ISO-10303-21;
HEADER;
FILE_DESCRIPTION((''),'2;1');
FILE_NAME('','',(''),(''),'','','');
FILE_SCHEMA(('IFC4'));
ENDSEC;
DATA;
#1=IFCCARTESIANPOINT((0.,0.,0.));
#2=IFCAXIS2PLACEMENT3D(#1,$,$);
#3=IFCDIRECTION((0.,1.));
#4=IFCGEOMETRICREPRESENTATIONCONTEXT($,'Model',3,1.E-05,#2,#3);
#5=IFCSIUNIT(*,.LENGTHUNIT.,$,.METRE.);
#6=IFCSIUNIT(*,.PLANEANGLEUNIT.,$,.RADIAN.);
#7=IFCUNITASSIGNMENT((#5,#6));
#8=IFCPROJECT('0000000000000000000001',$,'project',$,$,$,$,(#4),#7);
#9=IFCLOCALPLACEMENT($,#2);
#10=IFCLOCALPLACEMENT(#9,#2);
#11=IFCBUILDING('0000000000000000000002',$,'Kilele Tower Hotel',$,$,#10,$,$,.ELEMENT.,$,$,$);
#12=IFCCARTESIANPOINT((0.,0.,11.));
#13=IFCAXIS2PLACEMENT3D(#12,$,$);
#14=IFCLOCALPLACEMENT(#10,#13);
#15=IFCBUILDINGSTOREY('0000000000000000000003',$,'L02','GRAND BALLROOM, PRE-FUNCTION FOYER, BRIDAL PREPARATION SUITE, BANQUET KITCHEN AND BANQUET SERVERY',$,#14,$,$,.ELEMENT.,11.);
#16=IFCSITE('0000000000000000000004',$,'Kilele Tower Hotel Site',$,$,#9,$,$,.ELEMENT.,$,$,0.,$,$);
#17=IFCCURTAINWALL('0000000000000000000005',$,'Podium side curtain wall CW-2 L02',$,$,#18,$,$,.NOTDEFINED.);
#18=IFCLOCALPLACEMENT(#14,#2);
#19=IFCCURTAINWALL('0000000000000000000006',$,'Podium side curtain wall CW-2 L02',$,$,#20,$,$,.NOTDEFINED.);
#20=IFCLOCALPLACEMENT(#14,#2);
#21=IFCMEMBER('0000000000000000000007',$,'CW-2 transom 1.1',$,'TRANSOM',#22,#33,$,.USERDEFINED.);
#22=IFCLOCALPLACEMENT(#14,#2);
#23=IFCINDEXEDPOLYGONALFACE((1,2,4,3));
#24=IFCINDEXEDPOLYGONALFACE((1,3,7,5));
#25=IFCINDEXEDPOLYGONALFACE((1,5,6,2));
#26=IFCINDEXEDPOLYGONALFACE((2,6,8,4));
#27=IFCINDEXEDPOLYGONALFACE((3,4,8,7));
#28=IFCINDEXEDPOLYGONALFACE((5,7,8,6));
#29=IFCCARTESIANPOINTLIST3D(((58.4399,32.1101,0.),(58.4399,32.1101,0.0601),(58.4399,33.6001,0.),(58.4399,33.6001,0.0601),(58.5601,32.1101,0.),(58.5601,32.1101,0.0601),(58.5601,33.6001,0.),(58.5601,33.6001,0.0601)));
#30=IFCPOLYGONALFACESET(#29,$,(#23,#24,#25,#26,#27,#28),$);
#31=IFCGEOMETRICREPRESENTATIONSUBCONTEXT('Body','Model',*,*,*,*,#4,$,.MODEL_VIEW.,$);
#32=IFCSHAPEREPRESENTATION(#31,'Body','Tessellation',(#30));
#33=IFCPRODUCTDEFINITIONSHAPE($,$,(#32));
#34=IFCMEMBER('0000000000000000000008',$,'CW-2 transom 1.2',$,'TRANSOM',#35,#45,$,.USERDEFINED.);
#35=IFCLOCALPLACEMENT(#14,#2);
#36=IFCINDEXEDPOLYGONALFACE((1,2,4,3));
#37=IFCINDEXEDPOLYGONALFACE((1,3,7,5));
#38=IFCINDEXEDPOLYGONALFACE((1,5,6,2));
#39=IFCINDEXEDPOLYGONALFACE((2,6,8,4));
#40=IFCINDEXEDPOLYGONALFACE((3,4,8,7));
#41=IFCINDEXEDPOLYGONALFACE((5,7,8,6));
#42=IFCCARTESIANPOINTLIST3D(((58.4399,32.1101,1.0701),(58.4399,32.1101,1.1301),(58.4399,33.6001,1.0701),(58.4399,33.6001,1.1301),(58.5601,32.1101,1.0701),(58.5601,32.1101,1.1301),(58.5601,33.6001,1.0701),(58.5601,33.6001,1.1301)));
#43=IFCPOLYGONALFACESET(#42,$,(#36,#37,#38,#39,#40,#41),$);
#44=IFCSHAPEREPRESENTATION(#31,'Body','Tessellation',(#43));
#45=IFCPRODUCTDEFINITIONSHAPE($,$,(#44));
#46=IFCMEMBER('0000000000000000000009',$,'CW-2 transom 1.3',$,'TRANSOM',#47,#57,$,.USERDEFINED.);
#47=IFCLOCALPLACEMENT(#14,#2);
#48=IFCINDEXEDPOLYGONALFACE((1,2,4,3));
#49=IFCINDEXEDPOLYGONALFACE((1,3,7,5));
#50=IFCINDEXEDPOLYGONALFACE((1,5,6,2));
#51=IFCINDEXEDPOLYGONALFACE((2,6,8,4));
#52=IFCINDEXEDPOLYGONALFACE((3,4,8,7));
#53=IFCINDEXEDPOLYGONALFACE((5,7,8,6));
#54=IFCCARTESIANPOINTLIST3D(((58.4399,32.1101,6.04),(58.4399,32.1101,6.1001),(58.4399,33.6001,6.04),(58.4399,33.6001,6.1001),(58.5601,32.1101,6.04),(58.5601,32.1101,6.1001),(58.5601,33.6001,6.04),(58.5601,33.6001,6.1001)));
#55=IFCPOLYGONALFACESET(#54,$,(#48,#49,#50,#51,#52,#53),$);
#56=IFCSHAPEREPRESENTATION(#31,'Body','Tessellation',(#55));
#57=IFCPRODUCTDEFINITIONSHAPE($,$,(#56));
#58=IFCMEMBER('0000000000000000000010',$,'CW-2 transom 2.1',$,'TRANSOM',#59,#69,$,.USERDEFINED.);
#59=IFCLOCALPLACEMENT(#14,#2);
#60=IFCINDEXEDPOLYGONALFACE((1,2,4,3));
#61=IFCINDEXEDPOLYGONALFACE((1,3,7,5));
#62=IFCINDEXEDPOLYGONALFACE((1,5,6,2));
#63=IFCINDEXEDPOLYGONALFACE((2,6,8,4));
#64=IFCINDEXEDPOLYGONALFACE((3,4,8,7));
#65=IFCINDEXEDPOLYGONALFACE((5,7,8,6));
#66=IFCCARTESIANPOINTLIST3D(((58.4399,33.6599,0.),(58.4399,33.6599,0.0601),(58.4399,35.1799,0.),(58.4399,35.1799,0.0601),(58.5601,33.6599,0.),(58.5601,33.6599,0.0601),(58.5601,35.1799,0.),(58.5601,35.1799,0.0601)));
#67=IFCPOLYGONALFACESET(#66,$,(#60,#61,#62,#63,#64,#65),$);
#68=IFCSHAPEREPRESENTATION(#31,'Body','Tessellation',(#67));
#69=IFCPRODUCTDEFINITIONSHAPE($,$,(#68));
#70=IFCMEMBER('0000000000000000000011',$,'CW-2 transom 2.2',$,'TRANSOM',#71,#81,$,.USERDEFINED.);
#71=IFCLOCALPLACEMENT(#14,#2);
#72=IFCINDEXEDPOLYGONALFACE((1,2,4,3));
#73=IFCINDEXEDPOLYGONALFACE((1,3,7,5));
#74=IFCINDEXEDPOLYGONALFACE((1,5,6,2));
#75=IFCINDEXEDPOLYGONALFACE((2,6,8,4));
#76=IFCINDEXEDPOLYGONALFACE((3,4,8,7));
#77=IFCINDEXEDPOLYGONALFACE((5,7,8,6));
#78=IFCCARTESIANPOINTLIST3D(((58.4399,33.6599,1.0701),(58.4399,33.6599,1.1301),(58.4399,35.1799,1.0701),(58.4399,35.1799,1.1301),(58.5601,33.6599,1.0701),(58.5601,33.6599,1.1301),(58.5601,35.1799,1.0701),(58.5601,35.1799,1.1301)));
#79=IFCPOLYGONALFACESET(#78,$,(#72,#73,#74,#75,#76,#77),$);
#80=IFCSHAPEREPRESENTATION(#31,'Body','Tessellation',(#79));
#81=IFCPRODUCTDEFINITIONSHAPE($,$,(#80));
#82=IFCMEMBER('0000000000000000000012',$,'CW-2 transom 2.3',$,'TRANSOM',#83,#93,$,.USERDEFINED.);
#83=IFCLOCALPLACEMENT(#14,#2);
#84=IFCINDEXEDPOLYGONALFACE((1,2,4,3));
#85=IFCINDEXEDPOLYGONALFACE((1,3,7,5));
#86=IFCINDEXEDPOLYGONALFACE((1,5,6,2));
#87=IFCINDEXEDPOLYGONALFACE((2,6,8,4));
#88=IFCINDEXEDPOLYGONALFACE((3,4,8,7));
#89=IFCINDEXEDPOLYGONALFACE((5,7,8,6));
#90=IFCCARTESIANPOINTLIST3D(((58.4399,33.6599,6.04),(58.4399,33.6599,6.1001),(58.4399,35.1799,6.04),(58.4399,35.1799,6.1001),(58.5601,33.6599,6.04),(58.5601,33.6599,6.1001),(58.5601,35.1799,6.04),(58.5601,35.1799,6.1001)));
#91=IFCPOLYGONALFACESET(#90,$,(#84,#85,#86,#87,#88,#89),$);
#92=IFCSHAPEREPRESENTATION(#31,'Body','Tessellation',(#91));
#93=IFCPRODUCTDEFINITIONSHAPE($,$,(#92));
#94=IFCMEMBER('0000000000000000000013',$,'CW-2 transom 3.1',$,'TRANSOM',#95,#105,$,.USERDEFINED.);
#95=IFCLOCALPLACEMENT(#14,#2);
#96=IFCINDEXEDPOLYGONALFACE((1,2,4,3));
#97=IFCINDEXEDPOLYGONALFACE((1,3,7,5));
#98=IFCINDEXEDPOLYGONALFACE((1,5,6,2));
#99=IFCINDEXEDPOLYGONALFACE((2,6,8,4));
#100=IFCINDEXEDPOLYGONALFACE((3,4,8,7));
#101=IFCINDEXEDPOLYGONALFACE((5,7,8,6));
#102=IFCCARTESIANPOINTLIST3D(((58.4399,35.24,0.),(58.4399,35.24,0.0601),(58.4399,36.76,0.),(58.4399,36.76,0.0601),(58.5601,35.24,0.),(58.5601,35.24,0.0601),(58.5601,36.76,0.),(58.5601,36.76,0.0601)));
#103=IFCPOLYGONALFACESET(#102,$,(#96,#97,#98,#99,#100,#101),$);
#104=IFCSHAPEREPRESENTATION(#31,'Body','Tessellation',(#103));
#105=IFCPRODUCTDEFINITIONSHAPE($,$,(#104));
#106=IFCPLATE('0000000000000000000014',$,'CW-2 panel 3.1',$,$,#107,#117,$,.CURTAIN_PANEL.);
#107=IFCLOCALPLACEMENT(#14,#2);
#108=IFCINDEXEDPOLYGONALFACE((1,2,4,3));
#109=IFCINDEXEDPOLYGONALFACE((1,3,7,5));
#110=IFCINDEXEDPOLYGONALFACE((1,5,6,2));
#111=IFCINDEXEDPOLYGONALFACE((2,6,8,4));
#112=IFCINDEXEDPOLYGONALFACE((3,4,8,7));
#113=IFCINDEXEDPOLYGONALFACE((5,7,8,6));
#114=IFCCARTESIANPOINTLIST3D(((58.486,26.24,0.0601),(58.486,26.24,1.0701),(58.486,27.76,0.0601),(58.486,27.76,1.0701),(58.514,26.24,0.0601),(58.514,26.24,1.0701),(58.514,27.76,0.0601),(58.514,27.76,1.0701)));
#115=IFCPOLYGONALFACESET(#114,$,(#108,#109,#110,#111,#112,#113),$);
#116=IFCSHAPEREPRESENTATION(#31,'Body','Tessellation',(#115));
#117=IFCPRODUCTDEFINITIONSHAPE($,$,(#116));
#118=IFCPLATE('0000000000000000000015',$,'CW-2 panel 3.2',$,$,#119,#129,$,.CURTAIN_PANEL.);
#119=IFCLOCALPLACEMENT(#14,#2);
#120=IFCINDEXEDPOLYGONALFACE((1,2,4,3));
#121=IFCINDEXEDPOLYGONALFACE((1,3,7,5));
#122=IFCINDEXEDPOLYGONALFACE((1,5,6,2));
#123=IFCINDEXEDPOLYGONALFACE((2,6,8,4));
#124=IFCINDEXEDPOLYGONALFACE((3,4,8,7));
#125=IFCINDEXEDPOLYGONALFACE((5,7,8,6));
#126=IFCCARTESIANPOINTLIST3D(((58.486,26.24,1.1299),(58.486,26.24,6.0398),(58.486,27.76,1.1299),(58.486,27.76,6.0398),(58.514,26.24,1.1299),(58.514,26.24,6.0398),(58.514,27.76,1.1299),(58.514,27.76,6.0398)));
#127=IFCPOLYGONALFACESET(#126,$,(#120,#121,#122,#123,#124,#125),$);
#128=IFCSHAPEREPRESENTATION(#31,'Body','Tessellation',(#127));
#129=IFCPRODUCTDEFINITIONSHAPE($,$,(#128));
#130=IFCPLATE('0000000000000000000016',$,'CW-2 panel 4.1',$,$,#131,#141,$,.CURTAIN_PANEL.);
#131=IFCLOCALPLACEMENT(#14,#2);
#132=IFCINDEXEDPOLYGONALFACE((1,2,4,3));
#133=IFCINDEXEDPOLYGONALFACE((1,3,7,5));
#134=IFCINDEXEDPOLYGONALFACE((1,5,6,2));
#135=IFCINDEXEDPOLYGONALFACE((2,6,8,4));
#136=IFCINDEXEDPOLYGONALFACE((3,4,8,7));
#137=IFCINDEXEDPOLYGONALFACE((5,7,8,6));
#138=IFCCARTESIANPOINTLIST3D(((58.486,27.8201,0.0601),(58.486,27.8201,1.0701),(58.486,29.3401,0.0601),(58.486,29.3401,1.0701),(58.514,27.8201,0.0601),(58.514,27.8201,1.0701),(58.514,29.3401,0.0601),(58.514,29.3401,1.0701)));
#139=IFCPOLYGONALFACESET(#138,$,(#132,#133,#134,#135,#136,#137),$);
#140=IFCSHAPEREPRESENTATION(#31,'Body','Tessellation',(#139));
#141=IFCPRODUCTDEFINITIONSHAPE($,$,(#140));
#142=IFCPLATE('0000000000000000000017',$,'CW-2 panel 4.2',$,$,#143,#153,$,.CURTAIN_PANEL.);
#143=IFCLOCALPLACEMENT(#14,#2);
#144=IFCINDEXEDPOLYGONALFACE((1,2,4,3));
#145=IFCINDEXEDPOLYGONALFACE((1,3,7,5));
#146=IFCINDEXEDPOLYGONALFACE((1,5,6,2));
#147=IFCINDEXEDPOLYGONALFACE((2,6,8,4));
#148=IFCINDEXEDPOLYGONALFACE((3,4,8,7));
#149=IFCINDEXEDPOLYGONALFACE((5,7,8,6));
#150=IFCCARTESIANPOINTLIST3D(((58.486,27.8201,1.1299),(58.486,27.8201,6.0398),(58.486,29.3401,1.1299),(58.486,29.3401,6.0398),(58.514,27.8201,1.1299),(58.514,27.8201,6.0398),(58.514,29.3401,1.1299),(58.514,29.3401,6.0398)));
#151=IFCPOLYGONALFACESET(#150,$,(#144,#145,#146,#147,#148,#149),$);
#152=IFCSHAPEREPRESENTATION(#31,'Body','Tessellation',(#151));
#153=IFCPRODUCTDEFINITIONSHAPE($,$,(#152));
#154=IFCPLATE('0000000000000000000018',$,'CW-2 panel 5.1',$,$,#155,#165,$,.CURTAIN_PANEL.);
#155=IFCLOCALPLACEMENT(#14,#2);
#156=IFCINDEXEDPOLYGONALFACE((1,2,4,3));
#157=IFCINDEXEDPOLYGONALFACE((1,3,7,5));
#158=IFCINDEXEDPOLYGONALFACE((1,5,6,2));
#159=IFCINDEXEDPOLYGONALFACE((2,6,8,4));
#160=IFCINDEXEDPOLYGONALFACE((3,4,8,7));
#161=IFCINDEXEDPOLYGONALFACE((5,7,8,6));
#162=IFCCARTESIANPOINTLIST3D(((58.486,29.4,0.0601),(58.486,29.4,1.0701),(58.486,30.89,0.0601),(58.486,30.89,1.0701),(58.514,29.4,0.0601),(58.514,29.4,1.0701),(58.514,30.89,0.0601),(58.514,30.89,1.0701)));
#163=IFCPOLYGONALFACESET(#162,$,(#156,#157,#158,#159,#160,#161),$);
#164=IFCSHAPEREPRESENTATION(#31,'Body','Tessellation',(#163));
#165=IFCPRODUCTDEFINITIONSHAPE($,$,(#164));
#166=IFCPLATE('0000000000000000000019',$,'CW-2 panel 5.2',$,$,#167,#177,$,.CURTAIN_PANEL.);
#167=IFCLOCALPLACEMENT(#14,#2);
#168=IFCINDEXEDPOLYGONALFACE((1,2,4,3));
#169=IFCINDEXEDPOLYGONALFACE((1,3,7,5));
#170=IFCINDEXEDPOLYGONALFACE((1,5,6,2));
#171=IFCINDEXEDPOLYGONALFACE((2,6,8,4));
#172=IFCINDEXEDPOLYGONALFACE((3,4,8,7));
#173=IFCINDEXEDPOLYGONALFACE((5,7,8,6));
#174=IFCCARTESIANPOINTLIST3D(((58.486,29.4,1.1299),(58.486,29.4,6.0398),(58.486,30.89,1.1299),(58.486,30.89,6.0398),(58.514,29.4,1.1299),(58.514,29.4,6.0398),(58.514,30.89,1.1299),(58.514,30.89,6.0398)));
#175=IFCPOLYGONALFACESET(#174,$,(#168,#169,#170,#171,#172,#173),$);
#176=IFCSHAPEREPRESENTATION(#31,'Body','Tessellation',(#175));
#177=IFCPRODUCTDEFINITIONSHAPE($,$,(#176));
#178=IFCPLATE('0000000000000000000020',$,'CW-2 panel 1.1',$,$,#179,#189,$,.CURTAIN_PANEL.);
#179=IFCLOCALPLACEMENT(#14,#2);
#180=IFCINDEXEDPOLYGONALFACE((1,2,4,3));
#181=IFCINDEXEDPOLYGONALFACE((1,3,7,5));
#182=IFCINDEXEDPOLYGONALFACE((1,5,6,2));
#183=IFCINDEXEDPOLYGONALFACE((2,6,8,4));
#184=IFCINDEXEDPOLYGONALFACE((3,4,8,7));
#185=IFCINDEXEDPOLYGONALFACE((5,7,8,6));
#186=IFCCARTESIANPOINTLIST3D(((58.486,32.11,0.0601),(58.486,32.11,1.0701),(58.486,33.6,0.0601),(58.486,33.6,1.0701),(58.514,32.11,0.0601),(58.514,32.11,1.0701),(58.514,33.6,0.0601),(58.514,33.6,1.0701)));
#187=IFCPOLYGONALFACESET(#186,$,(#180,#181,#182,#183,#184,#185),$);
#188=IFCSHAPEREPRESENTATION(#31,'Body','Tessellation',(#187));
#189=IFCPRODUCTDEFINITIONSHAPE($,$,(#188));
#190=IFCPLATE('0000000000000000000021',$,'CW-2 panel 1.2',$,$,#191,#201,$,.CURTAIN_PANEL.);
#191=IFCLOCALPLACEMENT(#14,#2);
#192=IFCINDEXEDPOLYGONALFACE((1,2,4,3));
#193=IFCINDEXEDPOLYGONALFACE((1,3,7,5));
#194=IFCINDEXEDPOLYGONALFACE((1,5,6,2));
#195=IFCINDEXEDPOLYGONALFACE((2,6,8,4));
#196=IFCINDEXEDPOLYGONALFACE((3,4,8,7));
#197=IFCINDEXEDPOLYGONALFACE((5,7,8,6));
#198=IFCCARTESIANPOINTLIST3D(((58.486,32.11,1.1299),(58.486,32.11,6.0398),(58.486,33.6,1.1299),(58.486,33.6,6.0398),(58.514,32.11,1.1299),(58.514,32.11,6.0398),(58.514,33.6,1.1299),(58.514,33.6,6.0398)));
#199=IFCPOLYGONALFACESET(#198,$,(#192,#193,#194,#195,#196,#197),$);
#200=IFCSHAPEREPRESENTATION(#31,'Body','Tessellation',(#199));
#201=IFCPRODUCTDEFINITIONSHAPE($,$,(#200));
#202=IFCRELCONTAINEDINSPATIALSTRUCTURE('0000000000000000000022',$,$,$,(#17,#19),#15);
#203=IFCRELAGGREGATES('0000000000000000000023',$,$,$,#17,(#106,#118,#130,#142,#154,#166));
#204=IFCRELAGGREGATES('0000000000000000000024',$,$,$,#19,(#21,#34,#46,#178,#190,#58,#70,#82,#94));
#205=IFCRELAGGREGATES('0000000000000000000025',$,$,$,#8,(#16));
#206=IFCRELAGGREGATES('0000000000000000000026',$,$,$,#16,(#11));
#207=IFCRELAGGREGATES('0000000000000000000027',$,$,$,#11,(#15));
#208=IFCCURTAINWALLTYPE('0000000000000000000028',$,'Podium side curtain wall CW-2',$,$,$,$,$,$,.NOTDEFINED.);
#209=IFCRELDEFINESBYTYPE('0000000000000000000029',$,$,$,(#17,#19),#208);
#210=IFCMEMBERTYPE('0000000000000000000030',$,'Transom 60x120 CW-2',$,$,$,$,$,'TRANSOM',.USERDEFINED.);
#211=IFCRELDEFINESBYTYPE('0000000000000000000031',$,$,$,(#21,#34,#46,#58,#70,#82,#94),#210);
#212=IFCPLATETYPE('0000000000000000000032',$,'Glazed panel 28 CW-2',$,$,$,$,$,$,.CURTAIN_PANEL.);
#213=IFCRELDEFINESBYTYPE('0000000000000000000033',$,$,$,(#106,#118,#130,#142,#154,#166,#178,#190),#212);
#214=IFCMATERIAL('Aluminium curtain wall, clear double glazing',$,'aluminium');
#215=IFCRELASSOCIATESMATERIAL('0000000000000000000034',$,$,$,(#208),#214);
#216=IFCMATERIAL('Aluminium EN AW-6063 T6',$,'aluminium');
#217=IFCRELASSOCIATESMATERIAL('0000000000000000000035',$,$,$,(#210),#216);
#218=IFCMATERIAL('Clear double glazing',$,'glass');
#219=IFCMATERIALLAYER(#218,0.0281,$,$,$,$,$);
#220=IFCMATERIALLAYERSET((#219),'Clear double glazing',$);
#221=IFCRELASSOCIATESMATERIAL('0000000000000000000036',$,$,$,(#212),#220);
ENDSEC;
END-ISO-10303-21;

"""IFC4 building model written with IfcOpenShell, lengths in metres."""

from ifc_helpers import new_model, si_unit, direction, frame, origin, origin_2d, place, context, subcontext, project, spatial, rectangle, extrude, material, layer, layer_set, material_profile, profile_set, type_object, element, aggregate, save


model = new_model("IFC4")

# Units and contexts
model_context = context("Model", 3, precision=1e-05, world=origin(), true_north=direction((0.0, 1.0)))
body_context = subcontext(model_context, "Body", "Model", "MODEL_VIEW")
ifc_project = project(units=[si_unit("LENGTHUNIT", "METRE"), si_unit("PLANEANGLEUNIT", "RADIAN")], contexts=[model_context])

# Site, building, storey
site_placement = place(None, origin())
site = spatial("IfcSite", under=ifc_project, at=site_placement, Name="Kilele Tower Hotel Site", CompositionType="ELEMENT", RefElevation=0.0)
building_placement = place(site_placement, origin())
building = spatial("IfcBuilding", under=site, at=building_placement, Name="Kilele Tower Hotel", CompositionType="ELEMENT")
storey_placement = place(building_placement, frame((0.0, 0.0, 11.0)))
storey = spatial("IfcBuildingStorey", under=building, at=storey_placement, Name="L02", Description="GRAND BALLROOM, PRE-FUNCTION FOYER, BRIDAL PREPARATION SUITE, BANQUET KITCHEN AND BANQUET SERVERY", CompositionType="ELEMENT", Elevation=11.0)

# Curtain walls
ifc_material_1 = material(Name="Aluminium curtain wall, clear double glazing", Category="aluminium")
curtain_wall_type = type_object("IfcCurtainWallType", Name="Podium side curtain wall CW-2", PredefinedType="NOTDEFINED", material=ifc_material_1)
curtain_wall_1_placement = place(storey_placement, origin())
curtain_wall_1 = element("IfcCurtainWall", 1, at=curtain_wall_1_placement, inside=storey, type_object=curtain_wall_type, Name="Podium side curtain wall CW-2 L02", PredefinedType="NOTDEFINED")
curtain_wall_2_placement = place(storey_placement, origin())
curtain_wall_2 = element("IfcCurtainWall", 2, at=curtain_wall_2_placement, inside=storey, type_object=curtain_wall_type, Name="Podium side curtain wall CW-2 L02", PredefinedType="NOTDEFINED")

# Members
ifc_material_2 = material(Name="Aluminium EN AW-6063 T6", Category="aluminium")
ifc_material_profile_1 = material_profile(ifc_material_2, rectangle(XDim=0.1201, YDim=0.0601, at=origin_2d()))
ifc_profile_set_1 = profile_set([ifc_material_profile_1], Name="Aluminium EN AW-6063 T6")
member_type_1 = type_object("IfcMemberType", Name="Transom 60x120 CW-2", ElementType="TRANSOM", PredefinedType="USERDEFINED", material=ifc_profile_set_1)
member_1_placement = place(storey_placement, frame((58.5, 32.1101, 0.03), z_axis=(0.0, 1.0, 0.0), x_axis=(-1.0, 0.0, 0.0)))
member_1 = element("IfcMember", 3, at=member_1_placement, type_object=member_type_1, Name="CW-2 transom 1.1", ObjectType="TRANSOM", PredefinedType="USERDEFINED", context=body_context, shape_type="SweptSolid", body=[
    extrude(rectangle(XDim=0.1201, YDim=0.0601, at=origin_2d()), origin(), (0.0, 0.0, 1.0), 1.49),
])
member_2_placement = place(storey_placement, frame((58.5, 32.1101, 1.1001), z_axis=(0.0, 1.0, 0.0), x_axis=(-1.0, 0.0, 0.0)))
member_2 = element("IfcMember", 4, at=member_2_placement, type_object=member_type_1, Name="CW-2 transom 1.2", ObjectType="TRANSOM", PredefinedType="USERDEFINED", context=body_context, shape_type="SweptSolid", body=[
    extrude(rectangle(XDim=0.1201, YDim=0.0601, at=origin_2d()), origin(), (0.0, 0.0, 1.0), 1.49),
])
member_3_placement = place(storey_placement, frame((58.5, 32.1101, 6.0701), z_axis=(0.0, 1.0, 0.0), x_axis=(-1.0, 0.0, 0.0)))
member_3 = element("IfcMember", 5, at=member_3_placement, type_object=member_type_1, Name="CW-2 transom 1.3", ObjectType="TRANSOM", PredefinedType="USERDEFINED", context=body_context, shape_type="SweptSolid", body=[
    extrude(rectangle(XDim=0.1201, YDim=0.0601, at=origin_2d()), origin(), (0.0, 0.0, 1.0), 1.49),
])
member_4_placement = place(storey_placement, frame((58.5, 33.6599, 0.03), z_axis=(0.0, 1.0, 0.0), x_axis=(-1.0, 0.0, 0.0)))
member_4 = element("IfcMember", 6, at=member_4_placement, type_object=member_type_1, Name="CW-2 transom 2.1", ObjectType="TRANSOM", PredefinedType="USERDEFINED", context=body_context, shape_type="SweptSolid", body=[
    extrude(rectangle(XDim=0.1201, YDim=0.0601, at=origin_2d()), origin(), (0.0, 0.0, 1.0), 1.52),
])
member_5_placement = place(storey_placement, frame((58.5, 33.6599, 1.1001), z_axis=(0.0, 1.0, 0.0), x_axis=(-1.0, 0.0, 0.0)))
member_5 = element("IfcMember", 7, at=member_5_placement, type_object=member_type_1, Name="CW-2 transom 2.2", ObjectType="TRANSOM", PredefinedType="USERDEFINED", context=body_context, shape_type="SweptSolid", body=[
    extrude(rectangle(XDim=0.1201, YDim=0.0601, at=origin_2d()), origin(), (0.0, 0.0, 1.0), 1.52),
])
member_6_placement = place(storey_placement, frame((58.5, 33.6599, 6.0701), z_axis=(0.0, 1.0, 0.0), x_axis=(-1.0, 0.0, 0.0)))
member_6 = element("IfcMember", 8, at=member_6_placement, type_object=member_type_1, Name="CW-2 transom 2.3", ObjectType="TRANSOM", PredefinedType="USERDEFINED", context=body_context, shape_type="SweptSolid", body=[
    extrude(rectangle(XDim=0.1201, YDim=0.0601, at=origin_2d()), origin(), (0.0, 0.0, 1.0), 1.52),
])
member_7_placement = place(storey_placement, frame((58.5, 35.24, 0.03), z_axis=(0.0, 1.0, 0.0), x_axis=(-1.0, 0.0, 0.0)))
member_7 = element("IfcMember", 9, at=member_7_placement, type_object=member_type_1, Name="CW-2 transom 3.1", ObjectType="TRANSOM", PredefinedType="USERDEFINED", context=body_context, shape_type="SweptSolid", body=[
    extrude(rectangle(XDim=0.1201, YDim=0.0601, at=origin_2d()), origin(), (0.0, 0.0, 1.0), 1.52),
])

# Plates
ifc_material_3 = material(Name="Clear double glazing", Category="glass")
ifc_layer_1 = layer(ifc_material_3, 0.0281)
ifc_layer_set_1 = layer_set([ifc_layer_1], Name="Clear double glazing")
plate_type = type_object("IfcPlateType", Name="Glazed panel 28 CW-2", PredefinedType="CURTAIN_PANEL", material=ifc_layer_set_1)
plate_1_placement = place(storey_placement, frame((58.5, 27.0, 0.0601), z_axis=(0.0, 0.0, 1.0), x_axis=(0.0, 1.0, 0.0)))
plate_1 = element("IfcPlate", 10, at=plate_1_placement, type_object=plate_type, Name="CW-2 panel 3.1", PredefinedType="CURTAIN_PANEL", context=body_context, shape_type="SweptSolid", body=[
    extrude(rectangle(XDim=1.52, YDim=0.0281, at=origin_2d()), origin(), (0.0, 0.0, 1.0), 1.01),
])
plate_2_placement = place(storey_placement, frame((58.5, 27.0, 1.1299), z_axis=(0.0, 0.0, 1.0), x_axis=(0.0, 1.0, 0.0)))
plate_2 = element("IfcPlate", 11, at=plate_2_placement, type_object=plate_type, Name="CW-2 panel 3.2", PredefinedType="CURTAIN_PANEL", context=body_context, shape_type="SweptSolid", body=[
    extrude(rectangle(XDim=1.52, YDim=0.0281, at=origin_2d()), origin(), (0.0, 0.0, 1.0), 4.9099),
])
plate_3_placement = place(storey_placement, frame((58.5, 28.5801, 0.0601), z_axis=(0.0, 0.0, 1.0), x_axis=(0.0, 1.0, 0.0)))
plate_3 = element("IfcPlate", 12, at=plate_3_placement, type_object=plate_type, Name="CW-2 panel 4.1", PredefinedType="CURTAIN_PANEL", context=body_context, shape_type="SweptSolid", body=[
    extrude(rectangle(XDim=1.52, YDim=0.0281, at=origin_2d()), origin(), (0.0, 0.0, 1.0), 1.01),
])
plate_4_placement = place(storey_placement, frame((58.5, 28.5801, 1.1299), z_axis=(0.0, 0.0, 1.0), x_axis=(0.0, 1.0, 0.0)))
plate_4 = element("IfcPlate", 13, at=plate_4_placement, type_object=plate_type, Name="CW-2 panel 4.2", PredefinedType="CURTAIN_PANEL", context=body_context, shape_type="SweptSolid", body=[
    extrude(rectangle(XDim=1.52, YDim=0.0281, at=origin_2d()), origin(), (0.0, 0.0, 1.0), 4.9099),
])
plate_5_placement = place(storey_placement, frame((58.5, 30.145, 0.0601), z_axis=(0.0, 0.0, 1.0), x_axis=(0.0, 1.0, 0.0)))
plate_5 = element("IfcPlate", 14, at=plate_5_placement, type_object=plate_type, Name="CW-2 panel 5.1", PredefinedType="CURTAIN_PANEL", context=body_context, shape_type="SweptSolid", body=[
    extrude(rectangle(XDim=1.49, YDim=0.0281, at=origin_2d()), origin(), (0.0, 0.0, 1.0), 1.01),
])
plate_6_placement = place(storey_placement, frame((58.5, 30.145, 1.1299), z_axis=(0.0, 0.0, 1.0), x_axis=(0.0, 1.0, 0.0)))
plate_6 = element("IfcPlate", 15, at=plate_6_placement, type_object=plate_type, Name="CW-2 panel 5.2", PredefinedType="CURTAIN_PANEL", context=body_context, shape_type="SweptSolid", body=[
    extrude(rectangle(XDim=1.49, YDim=0.0281, at=origin_2d()), origin(), (0.0, 0.0, 1.0), 4.9099),
])
aggregate(curtain_wall_1, [plate_1, plate_2, plate_3, plate_4, plate_5, plate_6])
plate_7_placement = place(storey_placement, frame((58.5, 32.855, 0.0601), z_axis=(0.0, 0.0, 1.0), x_axis=(0.0, 1.0, 0.0)))
plate_7 = element("IfcPlate", 16, at=plate_7_placement, type_object=plate_type, Name="CW-2 panel 1.1", PredefinedType="CURTAIN_PANEL", context=body_context, shape_type="SweptSolid", body=[
    extrude(rectangle(XDim=1.49, YDim=0.0281, at=origin_2d()), origin(), (0.0, 0.0, 1.0), 1.01),
])
plate_8_placement = place(storey_placement, frame((58.5, 32.855, 1.1299), z_axis=(0.0, 0.0, 1.0), x_axis=(0.0, 1.0, 0.0)))
plate_8 = element("IfcPlate", 17, at=plate_8_placement, type_object=plate_type, Name="CW-2 panel 1.2", PredefinedType="CURTAIN_PANEL", context=body_context, shape_type="SweptSolid", body=[
    extrude(rectangle(XDim=1.49, YDim=0.0281, at=origin_2d()), origin(), (0.0, 0.0, 1.0), 4.9099),
])
aggregate(curtain_wall_2, [member_1, member_2, member_3, plate_7, plate_8, member_4, member_5, member_6, member_7])

save(model, "model.ifc")
